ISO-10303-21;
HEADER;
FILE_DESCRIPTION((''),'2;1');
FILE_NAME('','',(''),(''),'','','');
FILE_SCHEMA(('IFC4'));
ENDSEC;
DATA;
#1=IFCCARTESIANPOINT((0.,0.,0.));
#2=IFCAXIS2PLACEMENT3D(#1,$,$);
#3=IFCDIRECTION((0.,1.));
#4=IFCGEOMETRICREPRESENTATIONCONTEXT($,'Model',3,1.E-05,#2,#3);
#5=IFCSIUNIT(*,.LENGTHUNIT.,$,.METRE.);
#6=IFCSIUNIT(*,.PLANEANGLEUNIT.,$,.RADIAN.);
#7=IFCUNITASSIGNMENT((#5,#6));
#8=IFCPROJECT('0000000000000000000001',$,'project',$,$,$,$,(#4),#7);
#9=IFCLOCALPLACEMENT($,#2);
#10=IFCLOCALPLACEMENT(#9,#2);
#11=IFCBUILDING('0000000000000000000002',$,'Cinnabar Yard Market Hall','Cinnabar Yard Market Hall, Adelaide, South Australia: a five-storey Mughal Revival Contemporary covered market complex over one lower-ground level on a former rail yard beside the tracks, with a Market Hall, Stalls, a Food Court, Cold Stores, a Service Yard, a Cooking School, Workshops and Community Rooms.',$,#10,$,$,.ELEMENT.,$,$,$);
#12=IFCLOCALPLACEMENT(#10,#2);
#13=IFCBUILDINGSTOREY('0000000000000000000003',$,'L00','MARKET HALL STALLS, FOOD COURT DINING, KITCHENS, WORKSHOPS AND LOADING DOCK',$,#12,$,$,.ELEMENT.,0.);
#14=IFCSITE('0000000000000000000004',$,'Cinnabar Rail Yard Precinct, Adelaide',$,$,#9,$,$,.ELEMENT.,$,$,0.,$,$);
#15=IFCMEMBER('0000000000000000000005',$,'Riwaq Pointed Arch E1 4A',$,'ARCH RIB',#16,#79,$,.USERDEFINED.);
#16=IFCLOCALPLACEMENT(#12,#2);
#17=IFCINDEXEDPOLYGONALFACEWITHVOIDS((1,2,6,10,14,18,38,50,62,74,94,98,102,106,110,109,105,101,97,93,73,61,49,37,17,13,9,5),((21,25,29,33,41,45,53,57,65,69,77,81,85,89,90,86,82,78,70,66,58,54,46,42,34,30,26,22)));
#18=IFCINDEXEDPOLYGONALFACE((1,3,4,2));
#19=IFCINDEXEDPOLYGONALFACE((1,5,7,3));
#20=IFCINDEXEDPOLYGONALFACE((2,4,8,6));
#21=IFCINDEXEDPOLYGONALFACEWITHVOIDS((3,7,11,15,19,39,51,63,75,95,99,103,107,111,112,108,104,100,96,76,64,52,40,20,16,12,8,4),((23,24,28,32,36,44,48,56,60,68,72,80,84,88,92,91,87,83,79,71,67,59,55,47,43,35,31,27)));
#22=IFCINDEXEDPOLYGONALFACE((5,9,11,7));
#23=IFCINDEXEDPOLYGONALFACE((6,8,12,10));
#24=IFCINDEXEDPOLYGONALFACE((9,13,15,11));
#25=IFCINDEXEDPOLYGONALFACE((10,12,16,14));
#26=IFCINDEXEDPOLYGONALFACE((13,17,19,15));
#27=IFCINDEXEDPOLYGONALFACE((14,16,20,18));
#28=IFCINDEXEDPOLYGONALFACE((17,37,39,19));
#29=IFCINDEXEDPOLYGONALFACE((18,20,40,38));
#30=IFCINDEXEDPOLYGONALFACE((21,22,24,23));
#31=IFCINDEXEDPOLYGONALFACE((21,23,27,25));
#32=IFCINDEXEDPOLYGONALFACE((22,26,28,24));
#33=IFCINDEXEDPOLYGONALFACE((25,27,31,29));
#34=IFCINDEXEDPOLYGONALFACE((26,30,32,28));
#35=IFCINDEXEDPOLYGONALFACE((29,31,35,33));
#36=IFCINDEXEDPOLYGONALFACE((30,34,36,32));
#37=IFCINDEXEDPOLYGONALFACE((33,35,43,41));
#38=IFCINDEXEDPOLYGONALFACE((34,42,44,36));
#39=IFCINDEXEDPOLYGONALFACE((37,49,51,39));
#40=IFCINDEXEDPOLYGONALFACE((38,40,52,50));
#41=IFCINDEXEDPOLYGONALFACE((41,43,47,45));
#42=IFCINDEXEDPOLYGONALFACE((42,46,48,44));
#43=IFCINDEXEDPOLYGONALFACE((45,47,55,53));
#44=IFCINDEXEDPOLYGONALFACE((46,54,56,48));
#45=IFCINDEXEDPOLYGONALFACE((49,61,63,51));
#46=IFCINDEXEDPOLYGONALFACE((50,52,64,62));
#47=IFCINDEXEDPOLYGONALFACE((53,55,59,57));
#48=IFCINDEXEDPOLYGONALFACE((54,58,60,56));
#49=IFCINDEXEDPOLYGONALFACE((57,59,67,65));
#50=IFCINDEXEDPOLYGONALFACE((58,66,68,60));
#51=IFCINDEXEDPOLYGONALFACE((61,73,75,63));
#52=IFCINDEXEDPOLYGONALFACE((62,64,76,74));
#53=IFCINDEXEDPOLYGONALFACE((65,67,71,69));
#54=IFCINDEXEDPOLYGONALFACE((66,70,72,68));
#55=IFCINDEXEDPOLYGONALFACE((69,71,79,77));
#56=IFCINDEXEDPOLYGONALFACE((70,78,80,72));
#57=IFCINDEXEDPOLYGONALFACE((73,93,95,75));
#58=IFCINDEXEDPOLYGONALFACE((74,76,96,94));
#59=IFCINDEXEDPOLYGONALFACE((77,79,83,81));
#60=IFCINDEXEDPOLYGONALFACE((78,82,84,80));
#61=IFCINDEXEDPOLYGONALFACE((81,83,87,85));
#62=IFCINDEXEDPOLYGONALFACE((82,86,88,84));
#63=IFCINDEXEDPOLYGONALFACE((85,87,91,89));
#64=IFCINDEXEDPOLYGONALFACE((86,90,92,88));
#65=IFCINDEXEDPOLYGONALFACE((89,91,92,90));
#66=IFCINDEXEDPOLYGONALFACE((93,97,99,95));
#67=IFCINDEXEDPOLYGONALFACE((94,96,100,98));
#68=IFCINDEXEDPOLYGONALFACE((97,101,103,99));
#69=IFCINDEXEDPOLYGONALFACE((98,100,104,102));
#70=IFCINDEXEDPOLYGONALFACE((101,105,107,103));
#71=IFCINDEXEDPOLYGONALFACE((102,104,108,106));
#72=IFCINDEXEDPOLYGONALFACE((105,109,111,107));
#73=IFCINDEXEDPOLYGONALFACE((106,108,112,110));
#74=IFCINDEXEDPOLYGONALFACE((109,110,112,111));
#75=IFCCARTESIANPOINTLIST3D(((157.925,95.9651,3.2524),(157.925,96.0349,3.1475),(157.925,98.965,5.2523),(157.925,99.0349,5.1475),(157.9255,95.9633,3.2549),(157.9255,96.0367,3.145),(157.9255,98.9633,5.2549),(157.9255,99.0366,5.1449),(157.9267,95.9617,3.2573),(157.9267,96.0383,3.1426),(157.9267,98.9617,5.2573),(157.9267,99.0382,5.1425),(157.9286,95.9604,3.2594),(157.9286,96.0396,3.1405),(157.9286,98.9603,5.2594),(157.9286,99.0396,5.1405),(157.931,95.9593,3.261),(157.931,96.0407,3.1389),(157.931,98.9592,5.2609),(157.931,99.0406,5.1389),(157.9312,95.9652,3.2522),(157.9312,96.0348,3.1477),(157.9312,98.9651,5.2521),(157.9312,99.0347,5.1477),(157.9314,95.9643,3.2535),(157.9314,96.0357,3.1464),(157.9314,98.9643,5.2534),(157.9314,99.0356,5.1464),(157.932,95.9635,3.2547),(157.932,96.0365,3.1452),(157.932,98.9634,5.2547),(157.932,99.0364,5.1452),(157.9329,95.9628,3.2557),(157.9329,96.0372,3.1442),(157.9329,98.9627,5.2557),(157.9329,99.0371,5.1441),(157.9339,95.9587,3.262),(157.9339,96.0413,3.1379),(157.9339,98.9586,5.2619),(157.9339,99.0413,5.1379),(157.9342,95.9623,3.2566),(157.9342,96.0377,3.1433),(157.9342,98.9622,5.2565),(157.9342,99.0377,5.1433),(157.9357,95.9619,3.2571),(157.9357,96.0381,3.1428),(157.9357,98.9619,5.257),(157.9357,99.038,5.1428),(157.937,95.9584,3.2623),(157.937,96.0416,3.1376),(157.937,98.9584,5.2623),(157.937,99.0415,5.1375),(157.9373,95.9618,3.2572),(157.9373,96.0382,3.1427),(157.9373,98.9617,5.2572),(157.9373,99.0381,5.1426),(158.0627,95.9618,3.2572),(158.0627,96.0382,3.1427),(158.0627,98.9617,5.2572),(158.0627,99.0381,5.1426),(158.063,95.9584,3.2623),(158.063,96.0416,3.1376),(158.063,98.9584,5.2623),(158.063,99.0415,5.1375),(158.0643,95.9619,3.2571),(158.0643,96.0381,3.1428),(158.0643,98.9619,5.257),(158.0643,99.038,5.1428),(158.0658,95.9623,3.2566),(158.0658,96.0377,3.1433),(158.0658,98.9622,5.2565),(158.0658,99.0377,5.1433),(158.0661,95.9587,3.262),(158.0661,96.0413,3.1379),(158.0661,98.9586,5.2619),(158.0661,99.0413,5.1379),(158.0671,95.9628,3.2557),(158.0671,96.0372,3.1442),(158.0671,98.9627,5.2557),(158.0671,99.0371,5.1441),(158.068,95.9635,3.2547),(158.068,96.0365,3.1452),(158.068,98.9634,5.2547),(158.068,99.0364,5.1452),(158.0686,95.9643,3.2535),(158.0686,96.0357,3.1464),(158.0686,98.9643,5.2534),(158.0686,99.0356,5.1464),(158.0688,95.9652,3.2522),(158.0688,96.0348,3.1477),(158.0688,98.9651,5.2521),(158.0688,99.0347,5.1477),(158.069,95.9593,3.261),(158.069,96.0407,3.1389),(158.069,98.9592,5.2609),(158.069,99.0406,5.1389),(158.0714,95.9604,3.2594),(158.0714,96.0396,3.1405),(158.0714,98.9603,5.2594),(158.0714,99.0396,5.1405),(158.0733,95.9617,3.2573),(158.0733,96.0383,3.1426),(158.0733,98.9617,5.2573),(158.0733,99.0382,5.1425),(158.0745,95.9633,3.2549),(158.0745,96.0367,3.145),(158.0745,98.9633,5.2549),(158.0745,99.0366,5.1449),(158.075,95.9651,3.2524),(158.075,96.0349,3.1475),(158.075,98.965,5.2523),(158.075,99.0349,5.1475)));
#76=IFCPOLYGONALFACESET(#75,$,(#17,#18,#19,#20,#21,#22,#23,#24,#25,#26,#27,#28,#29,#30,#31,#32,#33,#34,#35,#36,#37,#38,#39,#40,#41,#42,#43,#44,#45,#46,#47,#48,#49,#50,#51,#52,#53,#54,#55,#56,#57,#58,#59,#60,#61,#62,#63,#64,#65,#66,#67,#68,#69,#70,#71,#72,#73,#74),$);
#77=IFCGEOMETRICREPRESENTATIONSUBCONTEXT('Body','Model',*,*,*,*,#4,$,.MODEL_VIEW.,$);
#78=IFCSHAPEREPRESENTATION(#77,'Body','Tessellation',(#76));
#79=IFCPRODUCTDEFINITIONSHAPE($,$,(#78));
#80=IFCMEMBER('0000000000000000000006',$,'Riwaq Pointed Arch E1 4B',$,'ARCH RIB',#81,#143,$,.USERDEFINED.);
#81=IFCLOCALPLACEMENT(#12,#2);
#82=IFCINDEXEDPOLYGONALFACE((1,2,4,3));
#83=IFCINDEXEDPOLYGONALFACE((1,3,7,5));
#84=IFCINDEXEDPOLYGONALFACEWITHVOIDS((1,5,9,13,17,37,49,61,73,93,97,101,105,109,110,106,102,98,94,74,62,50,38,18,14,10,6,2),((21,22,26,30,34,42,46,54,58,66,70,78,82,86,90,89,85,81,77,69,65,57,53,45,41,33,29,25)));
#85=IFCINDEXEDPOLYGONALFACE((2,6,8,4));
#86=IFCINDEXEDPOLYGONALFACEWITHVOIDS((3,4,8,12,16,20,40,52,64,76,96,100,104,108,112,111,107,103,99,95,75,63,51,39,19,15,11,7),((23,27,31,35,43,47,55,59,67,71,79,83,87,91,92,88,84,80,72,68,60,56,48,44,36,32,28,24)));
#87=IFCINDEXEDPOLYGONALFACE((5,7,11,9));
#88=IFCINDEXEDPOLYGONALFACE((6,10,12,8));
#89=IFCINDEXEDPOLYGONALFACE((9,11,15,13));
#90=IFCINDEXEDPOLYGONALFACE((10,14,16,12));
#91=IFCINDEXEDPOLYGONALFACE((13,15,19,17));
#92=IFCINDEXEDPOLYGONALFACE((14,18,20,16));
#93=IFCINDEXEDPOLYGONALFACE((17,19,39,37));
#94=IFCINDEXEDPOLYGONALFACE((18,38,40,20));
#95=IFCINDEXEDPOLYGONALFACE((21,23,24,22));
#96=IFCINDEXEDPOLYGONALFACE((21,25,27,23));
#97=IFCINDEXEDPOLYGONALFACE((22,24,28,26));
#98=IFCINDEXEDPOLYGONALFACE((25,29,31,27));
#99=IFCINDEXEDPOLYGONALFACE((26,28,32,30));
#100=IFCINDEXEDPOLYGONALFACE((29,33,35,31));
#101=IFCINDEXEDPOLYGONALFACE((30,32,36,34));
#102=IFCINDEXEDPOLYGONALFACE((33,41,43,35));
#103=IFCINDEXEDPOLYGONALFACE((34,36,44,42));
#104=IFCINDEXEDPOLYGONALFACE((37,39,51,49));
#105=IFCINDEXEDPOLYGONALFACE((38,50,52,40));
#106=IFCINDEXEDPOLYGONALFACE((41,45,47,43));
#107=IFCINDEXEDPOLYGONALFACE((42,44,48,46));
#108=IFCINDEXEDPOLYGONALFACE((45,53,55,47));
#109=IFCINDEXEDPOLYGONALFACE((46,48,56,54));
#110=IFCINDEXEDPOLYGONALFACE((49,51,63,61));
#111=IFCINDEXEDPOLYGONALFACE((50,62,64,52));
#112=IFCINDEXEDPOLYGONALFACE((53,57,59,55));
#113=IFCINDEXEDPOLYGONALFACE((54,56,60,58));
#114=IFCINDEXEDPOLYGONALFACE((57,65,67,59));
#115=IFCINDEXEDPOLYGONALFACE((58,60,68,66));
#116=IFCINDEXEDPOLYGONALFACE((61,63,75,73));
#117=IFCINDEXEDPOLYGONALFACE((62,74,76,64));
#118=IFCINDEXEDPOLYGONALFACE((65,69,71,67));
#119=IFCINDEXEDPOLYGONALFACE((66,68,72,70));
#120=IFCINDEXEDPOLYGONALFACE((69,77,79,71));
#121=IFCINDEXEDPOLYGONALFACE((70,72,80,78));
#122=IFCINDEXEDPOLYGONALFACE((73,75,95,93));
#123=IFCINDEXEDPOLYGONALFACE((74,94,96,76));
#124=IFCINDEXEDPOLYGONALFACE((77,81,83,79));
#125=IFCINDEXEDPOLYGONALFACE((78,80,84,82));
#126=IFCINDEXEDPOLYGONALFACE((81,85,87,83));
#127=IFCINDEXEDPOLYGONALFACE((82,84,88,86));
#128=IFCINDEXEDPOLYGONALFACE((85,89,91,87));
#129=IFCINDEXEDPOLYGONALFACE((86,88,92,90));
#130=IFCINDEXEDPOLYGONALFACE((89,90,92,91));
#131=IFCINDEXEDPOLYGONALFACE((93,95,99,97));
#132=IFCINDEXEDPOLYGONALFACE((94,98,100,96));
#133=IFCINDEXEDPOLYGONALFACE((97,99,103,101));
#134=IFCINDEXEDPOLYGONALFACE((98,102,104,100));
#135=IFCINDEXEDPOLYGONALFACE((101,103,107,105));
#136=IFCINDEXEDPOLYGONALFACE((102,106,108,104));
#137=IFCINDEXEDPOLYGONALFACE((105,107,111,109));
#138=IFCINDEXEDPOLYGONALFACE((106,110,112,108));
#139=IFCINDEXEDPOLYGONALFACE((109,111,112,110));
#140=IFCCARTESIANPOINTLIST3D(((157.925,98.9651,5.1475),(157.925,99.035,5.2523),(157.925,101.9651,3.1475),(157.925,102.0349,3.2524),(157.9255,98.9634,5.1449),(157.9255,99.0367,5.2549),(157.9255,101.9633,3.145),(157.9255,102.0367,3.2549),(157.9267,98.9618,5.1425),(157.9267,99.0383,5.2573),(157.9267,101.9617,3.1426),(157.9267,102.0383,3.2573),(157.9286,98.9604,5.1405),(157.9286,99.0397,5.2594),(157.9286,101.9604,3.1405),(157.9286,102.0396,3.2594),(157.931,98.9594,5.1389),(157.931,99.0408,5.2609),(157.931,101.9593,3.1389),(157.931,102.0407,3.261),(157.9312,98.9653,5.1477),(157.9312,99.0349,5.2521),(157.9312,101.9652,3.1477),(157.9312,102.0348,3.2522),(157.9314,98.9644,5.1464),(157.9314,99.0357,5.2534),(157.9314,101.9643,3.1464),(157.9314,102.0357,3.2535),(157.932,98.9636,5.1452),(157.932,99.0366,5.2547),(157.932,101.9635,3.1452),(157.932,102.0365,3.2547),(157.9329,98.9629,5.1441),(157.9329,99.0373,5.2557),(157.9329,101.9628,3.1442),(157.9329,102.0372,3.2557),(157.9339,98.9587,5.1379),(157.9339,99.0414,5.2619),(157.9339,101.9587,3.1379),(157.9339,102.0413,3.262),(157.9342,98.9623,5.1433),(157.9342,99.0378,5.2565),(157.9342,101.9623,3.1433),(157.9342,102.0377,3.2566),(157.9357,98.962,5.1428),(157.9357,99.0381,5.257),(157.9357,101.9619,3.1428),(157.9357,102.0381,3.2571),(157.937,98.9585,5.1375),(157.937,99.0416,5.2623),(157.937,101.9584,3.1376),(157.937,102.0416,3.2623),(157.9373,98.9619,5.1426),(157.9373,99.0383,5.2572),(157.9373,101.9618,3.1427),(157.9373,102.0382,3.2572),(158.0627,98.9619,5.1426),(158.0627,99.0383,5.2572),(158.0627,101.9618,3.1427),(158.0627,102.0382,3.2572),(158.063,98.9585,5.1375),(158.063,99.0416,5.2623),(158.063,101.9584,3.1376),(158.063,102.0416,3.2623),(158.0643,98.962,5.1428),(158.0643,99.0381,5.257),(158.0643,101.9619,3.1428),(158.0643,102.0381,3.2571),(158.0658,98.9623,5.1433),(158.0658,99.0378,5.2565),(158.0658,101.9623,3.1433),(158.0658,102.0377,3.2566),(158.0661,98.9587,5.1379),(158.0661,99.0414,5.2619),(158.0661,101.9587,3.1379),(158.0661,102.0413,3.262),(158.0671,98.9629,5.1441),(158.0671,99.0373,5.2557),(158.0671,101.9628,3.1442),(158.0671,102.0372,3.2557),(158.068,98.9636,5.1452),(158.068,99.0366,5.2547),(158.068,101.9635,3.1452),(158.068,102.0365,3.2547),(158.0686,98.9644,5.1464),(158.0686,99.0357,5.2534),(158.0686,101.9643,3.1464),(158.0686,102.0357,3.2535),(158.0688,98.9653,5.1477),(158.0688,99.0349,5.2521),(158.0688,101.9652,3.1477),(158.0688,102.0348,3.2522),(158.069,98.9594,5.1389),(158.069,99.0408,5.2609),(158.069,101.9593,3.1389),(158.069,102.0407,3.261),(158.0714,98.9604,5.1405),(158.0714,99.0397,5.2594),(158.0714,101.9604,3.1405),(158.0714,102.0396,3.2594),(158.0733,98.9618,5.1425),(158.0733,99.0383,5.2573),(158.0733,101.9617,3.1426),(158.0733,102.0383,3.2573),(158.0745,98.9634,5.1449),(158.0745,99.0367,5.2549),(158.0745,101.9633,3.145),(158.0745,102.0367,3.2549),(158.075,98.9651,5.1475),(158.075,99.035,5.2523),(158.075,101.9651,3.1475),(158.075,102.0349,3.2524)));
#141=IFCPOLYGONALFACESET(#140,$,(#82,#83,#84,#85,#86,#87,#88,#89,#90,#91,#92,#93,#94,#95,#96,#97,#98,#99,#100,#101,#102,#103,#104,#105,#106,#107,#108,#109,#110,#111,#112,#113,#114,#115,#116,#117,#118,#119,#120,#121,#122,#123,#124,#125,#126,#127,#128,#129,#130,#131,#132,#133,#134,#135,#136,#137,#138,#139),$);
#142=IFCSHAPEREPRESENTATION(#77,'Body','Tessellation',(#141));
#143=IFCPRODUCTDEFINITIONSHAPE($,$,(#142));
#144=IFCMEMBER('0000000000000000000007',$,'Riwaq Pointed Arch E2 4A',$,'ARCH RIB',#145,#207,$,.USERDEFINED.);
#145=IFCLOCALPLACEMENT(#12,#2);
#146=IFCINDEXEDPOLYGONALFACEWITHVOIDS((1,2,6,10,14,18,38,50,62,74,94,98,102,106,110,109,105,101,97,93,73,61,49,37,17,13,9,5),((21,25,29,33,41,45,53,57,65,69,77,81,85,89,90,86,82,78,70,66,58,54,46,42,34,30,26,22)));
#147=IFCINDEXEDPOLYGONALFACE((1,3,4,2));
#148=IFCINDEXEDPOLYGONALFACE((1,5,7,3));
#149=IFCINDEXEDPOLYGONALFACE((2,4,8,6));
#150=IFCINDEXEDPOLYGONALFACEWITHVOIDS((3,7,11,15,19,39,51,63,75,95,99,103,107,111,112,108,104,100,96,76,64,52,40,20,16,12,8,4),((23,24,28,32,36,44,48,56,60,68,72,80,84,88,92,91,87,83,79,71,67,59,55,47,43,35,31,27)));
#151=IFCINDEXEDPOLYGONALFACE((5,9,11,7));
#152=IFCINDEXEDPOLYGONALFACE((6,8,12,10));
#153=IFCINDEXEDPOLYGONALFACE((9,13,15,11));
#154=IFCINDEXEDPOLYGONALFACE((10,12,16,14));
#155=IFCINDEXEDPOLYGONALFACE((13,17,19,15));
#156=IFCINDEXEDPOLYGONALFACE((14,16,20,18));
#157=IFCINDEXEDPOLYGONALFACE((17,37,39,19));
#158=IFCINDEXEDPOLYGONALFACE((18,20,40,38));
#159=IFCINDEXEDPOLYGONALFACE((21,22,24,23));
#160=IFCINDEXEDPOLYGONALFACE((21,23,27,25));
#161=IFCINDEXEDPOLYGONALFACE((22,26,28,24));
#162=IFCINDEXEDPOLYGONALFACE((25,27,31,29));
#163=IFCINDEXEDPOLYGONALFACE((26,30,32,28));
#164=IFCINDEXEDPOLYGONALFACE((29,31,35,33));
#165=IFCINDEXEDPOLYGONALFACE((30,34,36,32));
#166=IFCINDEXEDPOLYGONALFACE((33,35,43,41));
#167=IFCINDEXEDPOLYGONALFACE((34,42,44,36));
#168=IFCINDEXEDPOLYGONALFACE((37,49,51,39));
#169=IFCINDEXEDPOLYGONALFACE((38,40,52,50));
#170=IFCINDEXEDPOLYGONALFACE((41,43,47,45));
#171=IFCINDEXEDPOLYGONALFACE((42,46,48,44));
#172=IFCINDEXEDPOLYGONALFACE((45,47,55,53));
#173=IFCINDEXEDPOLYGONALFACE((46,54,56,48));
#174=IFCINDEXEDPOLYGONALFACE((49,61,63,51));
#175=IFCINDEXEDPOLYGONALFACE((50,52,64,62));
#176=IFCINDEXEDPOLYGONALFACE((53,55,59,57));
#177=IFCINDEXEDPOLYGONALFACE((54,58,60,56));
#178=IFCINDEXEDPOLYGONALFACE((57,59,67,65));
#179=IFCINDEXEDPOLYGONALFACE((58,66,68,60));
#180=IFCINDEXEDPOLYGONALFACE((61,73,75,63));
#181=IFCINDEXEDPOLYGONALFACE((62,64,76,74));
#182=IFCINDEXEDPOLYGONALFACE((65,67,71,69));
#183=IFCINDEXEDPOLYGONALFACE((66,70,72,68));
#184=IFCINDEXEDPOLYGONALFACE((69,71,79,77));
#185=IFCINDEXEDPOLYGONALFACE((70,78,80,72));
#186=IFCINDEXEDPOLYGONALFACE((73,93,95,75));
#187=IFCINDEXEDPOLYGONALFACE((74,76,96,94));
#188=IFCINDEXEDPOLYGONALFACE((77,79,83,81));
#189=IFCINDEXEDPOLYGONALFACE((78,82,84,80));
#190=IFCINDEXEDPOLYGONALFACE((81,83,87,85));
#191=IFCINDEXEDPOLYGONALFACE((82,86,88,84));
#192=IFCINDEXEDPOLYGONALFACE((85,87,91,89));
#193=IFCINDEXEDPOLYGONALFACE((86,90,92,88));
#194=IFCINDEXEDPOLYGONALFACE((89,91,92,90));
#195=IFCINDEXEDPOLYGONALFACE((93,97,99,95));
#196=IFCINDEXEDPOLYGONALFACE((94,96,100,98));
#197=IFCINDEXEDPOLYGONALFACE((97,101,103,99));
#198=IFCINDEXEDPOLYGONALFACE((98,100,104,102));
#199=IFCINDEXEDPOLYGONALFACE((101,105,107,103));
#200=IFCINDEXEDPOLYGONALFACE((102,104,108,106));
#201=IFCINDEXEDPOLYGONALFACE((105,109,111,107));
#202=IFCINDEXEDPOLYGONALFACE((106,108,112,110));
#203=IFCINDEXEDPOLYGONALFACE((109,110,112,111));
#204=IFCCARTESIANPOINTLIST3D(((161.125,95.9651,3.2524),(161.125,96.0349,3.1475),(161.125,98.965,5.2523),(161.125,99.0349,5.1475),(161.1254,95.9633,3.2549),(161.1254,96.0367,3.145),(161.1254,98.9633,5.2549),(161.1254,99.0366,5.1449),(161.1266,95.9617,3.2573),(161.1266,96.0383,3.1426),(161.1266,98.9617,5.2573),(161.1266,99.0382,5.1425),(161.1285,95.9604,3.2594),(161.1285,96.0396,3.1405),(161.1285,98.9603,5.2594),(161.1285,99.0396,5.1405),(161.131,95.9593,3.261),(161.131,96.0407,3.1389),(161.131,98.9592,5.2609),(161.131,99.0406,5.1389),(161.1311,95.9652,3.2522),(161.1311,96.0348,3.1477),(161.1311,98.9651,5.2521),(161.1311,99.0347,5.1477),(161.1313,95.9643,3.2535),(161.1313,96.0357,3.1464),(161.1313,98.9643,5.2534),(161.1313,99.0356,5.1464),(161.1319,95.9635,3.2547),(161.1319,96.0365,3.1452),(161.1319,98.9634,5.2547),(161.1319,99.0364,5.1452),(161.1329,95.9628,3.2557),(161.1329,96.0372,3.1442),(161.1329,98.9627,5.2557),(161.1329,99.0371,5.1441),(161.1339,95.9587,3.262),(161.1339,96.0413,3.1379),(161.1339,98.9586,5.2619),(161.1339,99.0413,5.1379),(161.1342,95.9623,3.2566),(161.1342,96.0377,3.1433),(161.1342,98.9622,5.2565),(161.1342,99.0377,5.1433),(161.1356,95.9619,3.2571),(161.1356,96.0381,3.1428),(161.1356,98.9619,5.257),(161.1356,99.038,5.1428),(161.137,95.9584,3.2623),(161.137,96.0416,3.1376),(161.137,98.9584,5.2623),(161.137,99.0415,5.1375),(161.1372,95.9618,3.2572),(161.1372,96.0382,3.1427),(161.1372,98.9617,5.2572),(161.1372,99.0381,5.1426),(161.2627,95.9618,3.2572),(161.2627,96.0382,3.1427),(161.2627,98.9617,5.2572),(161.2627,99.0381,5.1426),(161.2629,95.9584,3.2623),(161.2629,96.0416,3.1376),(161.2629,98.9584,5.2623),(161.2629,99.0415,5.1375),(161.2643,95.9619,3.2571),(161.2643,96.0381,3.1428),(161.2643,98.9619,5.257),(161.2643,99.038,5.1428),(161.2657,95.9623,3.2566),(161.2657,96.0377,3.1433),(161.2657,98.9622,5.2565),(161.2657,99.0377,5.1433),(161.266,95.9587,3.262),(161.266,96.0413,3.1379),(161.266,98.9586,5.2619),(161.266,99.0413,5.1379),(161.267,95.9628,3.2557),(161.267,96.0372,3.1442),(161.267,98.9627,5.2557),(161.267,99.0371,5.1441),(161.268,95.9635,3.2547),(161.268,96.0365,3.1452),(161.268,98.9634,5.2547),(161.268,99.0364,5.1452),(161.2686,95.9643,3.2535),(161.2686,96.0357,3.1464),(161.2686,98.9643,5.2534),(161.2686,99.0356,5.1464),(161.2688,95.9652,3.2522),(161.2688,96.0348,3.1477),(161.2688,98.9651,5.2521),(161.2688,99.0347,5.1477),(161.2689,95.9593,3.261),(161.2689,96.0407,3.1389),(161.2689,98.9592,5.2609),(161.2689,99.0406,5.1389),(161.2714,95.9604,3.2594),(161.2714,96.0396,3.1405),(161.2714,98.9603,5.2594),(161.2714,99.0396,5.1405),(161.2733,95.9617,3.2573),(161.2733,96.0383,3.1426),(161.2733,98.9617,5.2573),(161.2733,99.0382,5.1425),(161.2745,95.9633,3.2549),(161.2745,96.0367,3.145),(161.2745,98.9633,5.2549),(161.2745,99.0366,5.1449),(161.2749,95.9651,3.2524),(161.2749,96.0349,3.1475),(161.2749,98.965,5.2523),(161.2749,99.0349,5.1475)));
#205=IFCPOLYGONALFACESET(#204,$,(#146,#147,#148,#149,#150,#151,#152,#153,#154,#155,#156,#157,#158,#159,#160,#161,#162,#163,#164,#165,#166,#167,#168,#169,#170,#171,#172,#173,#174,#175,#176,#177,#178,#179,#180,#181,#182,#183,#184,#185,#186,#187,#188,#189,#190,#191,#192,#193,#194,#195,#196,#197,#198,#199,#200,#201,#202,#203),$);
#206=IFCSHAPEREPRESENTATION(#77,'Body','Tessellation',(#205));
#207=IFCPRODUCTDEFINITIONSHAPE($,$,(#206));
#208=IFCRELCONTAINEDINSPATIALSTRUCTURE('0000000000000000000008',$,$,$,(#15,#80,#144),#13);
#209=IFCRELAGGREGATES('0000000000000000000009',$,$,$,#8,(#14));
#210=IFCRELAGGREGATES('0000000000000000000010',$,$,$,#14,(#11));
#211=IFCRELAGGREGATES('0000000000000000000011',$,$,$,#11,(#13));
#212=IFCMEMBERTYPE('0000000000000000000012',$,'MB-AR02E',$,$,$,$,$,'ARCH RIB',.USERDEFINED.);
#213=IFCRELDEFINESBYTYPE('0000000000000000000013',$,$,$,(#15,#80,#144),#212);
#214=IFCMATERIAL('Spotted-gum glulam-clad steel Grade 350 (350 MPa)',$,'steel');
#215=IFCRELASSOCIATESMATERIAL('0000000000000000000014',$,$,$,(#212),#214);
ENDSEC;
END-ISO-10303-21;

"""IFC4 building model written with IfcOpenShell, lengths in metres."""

from ifc_helpers import new_model, si_unit, direction, frame, origin, origin_2d_with_axis, place, context, subcontext, project, spatial, hollow_rectangle, extrude, material, material_profile, profile_set, type_object, element, save


model = new_model("IFC4")

# Units and contexts
model_context = context("Model", 3, precision=1e-05, world=origin(), true_north=direction((0.0, 1.0)))
body_context = subcontext(model_context, "Body", "Model", "MODEL_VIEW")
ifc_project = project(units=[si_unit("LENGTHUNIT", "METRE"), si_unit("PLANEANGLEUNIT", "RADIAN")], contexts=[model_context])

# Site, building, storey
site_placement = place(None, origin())
site = spatial("IfcSite", under=ifc_project, at=site_placement, Name="Cinnabar Rail Yard Precinct, Adelaide", CompositionType="ELEMENT", RefElevation=0.0)
building_placement = place(site_placement, origin())
building = spatial("IfcBuilding", under=site, at=building_placement, Name="Cinnabar Yard Market Hall", Description="Cinnabar Yard Market Hall, Adelaide, South Australia: a five-storey Mughal Revival Contemporary covered market complex over one lower-ground level on a former rail yard beside the tracks, with a Market Hall, Stalls, a Food Court, Cold Stores, a Service Yard, a Cooking School, Workshops and Community Rooms.", CompositionType="ELEMENT")
storey_placement = place(building_placement, origin())
storey = spatial("IfcBuildingStorey", under=building, at=storey_placement, Name="L00", Description="MARKET HALL STALLS, FOOD COURT DINING, KITCHENS, WORKSHOPS AND LOADING DOCK", CompositionType="ELEMENT", Elevation=0.0)

# Shared definitions
ifc_material_1 = material(Name="Spotted-gum glulam-clad steel Grade 350 (350 MPa)", Category="steel")

# Members
ifc_material_profile_1 = material_profile(ifc_material_1, hollow_rectangle(XDim=0.1499, YDim=0.1499, WallThickness=0.0061, InnerFilletRadius=0.0061, OuterFilletRadius=0.012, at=origin_2d_with_axis()), Name="150x150x6.0SHS")
ifc_profile_set_1 = profile_set([ifc_material_profile_1], Name="Spotted-gum glulam-clad steel Grade 350 (350 MPa)")
member_type = type_object("IfcMemberType", Name="MB-AR02E", ElementType="ARCH RIB", PredefinedType="USERDEFINED", material=ifc_profile_set_1)
for number, where, z_axis, x_axis, name in (
    (1, (158.0, 96.0, 3.2), (0.0, 0.83205, 0.5547), (-1.0, 0.0, 0.0), "Riwaq Pointed Arch E1 4A"),
    (2, (158.0, 102.0, 3.2), (0.0, -0.83205, 0.5547), (1.0, 0.0, 0.0), "Riwaq Pointed Arch E1 4B"),
    (3, (161.2, 96.0, 3.2), (0.0, 0.83205, 0.5547), (-1.0, 0.0, 0.0), "Riwaq Pointed Arch E2 4A"),
):
    element("IfcMember", number, at=place(storey_placement, frame(where, z_axis=z_axis, x_axis=x_axis)), inside=storey, type_object=member_type, Name=name, ObjectType="ARCH RIB", PredefinedType="USERDEFINED", context=body_context, shape_type="SweptSolid", body=[
        extrude(hollow_rectangle(XDim=0.1499, YDim=0.1499, WallThickness=0.0061, InnerFilletRadius=0.0061, OuterFilletRadius=0.012, at=origin_2d_with_axis()), origin(), (0.0, 0.0, 1.0), 3.6055),
    ])

save(model, "model.ifc")
